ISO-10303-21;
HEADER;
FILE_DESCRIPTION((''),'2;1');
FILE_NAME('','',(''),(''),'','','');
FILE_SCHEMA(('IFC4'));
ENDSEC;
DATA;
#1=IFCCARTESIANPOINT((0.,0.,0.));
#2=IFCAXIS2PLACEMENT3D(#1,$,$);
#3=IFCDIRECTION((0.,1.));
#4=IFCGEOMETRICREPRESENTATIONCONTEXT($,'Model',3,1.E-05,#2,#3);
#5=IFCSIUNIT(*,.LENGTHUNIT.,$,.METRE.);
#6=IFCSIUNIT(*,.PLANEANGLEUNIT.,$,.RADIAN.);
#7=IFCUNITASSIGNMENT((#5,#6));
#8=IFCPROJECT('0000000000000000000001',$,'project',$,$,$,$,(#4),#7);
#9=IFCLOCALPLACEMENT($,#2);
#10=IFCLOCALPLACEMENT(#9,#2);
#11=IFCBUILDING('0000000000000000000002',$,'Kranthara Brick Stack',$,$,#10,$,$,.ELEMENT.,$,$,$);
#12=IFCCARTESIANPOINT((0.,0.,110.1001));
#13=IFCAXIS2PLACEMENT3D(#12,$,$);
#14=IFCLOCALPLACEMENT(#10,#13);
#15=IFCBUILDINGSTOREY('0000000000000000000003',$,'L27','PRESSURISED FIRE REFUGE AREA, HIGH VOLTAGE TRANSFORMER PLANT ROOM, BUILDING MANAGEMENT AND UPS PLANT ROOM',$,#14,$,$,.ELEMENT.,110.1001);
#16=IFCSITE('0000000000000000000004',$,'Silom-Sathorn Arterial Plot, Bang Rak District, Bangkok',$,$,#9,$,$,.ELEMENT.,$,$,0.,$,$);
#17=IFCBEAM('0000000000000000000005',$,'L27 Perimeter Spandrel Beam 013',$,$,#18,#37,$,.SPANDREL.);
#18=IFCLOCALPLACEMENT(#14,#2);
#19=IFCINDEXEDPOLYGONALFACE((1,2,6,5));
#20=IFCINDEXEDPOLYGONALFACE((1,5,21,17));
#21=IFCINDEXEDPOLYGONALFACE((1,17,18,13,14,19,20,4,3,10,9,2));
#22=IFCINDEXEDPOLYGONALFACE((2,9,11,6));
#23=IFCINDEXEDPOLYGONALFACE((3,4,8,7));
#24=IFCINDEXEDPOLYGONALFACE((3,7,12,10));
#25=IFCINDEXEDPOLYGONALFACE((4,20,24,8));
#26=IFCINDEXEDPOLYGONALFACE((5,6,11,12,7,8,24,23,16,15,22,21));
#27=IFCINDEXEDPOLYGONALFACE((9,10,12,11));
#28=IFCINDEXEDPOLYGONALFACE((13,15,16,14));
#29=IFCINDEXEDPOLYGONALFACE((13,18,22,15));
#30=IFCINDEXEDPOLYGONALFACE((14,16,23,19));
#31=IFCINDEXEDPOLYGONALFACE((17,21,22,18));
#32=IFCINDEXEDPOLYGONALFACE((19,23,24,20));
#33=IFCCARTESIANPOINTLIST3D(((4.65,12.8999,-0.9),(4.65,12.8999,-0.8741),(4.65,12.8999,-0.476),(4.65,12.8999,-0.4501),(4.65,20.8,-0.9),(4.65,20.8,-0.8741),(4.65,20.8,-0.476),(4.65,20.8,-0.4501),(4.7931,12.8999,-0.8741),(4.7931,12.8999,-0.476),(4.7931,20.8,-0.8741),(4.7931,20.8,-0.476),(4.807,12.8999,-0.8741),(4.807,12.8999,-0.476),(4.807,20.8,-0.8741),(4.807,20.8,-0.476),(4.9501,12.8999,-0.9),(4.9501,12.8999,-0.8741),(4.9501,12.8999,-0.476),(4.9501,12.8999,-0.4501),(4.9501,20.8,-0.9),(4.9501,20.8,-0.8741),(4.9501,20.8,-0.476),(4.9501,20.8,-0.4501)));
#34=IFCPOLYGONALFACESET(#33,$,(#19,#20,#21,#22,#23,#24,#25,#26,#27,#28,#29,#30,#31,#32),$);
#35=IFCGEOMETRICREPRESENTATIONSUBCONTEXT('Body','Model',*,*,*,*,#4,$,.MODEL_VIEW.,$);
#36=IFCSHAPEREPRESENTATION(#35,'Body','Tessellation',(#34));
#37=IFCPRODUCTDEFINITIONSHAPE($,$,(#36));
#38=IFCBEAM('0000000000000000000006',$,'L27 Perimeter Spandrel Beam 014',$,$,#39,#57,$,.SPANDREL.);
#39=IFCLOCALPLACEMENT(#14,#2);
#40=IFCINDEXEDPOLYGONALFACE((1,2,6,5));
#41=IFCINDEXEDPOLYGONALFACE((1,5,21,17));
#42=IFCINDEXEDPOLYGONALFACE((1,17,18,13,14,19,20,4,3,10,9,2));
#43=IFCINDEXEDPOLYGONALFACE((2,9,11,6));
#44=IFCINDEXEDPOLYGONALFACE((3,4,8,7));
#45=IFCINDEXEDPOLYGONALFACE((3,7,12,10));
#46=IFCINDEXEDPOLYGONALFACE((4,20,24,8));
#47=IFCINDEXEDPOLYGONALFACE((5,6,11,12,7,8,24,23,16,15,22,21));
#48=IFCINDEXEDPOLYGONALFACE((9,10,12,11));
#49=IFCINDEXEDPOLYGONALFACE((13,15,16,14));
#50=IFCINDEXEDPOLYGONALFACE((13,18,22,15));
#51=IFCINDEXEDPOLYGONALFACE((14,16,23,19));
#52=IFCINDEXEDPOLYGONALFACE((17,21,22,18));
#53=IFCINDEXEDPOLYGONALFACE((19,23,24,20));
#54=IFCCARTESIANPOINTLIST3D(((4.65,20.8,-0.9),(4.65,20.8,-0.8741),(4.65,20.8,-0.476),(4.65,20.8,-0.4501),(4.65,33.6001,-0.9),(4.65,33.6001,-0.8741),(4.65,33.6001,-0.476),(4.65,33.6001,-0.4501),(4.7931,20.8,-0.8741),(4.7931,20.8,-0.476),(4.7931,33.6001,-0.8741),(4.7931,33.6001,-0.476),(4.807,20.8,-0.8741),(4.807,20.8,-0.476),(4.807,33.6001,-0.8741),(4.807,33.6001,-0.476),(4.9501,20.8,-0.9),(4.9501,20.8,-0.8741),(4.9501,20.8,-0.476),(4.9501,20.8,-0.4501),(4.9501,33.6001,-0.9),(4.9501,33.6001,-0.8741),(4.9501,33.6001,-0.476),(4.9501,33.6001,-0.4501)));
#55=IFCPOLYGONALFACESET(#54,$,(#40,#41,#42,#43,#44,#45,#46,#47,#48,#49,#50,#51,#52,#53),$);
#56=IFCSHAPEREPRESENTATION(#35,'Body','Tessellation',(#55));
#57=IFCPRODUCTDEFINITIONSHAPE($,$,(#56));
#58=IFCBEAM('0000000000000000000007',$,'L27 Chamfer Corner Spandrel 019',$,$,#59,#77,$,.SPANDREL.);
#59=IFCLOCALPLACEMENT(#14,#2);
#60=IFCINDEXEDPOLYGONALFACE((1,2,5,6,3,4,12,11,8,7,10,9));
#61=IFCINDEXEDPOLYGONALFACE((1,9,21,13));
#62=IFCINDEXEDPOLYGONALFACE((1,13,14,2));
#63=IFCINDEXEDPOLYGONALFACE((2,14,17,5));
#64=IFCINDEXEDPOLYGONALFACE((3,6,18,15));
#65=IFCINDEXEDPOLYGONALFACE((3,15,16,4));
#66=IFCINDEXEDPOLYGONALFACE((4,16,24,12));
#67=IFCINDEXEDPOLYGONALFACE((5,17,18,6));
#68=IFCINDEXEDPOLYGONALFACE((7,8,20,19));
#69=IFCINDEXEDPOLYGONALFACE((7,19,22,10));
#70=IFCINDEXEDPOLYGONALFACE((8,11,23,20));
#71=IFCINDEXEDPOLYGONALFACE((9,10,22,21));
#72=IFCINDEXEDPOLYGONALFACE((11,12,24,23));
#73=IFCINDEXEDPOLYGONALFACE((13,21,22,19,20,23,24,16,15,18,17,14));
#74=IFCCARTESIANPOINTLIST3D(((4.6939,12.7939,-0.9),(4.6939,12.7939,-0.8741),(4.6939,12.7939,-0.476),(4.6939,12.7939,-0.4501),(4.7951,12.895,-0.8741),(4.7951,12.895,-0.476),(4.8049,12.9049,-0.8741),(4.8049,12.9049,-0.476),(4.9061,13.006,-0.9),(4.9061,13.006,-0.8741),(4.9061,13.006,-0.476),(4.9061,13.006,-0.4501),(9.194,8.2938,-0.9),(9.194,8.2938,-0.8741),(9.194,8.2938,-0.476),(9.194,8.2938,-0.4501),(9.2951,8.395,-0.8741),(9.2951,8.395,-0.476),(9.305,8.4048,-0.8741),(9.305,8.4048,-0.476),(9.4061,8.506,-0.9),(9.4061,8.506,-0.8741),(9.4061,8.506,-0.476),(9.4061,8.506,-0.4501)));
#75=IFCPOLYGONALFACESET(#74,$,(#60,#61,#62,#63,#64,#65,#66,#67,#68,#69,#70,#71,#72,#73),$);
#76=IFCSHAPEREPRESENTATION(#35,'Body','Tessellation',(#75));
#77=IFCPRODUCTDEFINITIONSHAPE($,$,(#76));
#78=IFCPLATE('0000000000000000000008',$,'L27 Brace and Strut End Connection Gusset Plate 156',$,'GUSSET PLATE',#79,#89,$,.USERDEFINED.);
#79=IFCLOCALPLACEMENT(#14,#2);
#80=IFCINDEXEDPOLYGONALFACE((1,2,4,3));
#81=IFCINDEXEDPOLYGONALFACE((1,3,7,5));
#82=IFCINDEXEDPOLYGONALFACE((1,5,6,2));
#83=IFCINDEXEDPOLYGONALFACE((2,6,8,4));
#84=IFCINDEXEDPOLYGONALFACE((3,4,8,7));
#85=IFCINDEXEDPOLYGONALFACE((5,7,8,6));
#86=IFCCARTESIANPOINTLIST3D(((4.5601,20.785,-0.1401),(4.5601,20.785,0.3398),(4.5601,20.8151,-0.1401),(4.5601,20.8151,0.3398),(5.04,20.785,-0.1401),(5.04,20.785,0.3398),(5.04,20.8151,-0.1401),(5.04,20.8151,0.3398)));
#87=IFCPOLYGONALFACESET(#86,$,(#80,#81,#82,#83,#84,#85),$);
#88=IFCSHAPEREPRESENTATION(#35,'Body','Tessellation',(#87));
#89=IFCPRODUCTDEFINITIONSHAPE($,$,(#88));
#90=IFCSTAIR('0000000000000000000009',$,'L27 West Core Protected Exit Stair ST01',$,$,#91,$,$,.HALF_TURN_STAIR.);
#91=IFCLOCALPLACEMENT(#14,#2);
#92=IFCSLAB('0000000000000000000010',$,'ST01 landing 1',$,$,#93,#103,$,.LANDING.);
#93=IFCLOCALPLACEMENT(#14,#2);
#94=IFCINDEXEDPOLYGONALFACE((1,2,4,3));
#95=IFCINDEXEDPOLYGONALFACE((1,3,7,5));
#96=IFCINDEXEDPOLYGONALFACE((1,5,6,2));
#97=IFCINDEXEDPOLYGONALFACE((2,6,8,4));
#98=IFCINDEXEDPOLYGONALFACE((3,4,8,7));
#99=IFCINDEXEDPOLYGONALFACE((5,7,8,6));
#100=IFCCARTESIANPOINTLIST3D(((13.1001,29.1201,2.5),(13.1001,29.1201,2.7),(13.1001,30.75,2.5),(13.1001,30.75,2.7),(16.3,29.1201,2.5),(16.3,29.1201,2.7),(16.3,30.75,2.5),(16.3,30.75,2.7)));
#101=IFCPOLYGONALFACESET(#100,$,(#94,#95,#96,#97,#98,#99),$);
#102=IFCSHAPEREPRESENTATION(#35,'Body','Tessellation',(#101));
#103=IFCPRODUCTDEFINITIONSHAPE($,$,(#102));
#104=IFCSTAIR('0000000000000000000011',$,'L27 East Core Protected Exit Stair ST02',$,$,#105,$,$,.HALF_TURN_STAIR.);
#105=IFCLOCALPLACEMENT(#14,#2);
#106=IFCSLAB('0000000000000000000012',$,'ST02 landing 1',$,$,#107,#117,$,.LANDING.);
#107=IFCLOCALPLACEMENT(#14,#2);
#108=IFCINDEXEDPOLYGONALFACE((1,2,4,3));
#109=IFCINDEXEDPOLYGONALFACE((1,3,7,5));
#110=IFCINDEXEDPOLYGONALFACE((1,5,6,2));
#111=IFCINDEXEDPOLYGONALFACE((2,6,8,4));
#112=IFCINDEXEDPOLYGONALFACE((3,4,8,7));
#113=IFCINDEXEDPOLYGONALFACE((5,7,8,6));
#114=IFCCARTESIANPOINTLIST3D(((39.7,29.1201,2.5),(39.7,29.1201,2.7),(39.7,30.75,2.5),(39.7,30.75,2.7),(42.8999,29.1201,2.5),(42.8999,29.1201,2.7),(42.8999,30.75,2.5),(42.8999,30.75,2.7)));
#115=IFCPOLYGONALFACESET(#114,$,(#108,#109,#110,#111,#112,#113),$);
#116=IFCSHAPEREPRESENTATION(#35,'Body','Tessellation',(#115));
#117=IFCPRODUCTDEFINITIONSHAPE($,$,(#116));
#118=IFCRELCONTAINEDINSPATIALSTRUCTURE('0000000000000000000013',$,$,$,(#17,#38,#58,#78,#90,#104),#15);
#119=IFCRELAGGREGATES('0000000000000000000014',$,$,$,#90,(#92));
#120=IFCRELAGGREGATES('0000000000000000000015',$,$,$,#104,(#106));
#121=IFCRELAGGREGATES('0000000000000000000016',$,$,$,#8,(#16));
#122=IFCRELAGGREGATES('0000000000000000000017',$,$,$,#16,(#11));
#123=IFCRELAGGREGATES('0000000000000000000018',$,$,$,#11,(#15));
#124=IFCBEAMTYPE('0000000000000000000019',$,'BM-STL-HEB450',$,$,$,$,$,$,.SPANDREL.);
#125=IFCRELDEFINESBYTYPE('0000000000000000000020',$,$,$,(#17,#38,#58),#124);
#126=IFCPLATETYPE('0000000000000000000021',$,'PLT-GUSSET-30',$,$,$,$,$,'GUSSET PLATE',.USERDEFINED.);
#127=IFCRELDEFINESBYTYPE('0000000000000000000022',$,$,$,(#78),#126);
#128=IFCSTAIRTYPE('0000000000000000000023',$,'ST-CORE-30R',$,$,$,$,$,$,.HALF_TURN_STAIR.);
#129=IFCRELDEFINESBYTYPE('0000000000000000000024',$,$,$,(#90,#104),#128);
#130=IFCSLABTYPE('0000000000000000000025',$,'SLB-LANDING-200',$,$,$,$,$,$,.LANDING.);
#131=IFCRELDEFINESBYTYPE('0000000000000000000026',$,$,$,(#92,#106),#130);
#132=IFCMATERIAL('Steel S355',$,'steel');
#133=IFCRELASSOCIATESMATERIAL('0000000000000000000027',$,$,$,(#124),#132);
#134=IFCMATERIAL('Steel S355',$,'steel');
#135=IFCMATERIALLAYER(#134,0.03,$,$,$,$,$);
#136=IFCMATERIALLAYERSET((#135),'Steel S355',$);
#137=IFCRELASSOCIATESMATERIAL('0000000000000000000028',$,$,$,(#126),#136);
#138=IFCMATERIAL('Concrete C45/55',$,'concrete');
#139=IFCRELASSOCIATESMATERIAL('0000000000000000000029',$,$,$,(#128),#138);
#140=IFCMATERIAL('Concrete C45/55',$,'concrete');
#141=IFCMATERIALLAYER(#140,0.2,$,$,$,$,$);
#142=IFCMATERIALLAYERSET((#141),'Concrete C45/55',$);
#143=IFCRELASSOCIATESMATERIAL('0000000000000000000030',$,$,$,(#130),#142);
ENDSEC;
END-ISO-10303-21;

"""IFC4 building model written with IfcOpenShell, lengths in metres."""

from ifc_helpers import new_model, si_unit, direction, frame, origin, origin_2d, place, context, subcontext, project, spatial, polyline, rectangle, i_section, outline, extrude, material, layer, layer_set, material_profile, profile_set, type_object, element, aggregate, save


model = new_model("IFC4")

# Units and contexts
model_context = context("Model", 3, precision=1e-05, world=origin(), true_north=direction((0.0, 1.0)))
body_context = subcontext(model_context, "Body", "Model", "MODEL_VIEW")
ifc_project = project(units=[si_unit("LENGTHUNIT", "METRE"), si_unit("PLANEANGLEUNIT", "RADIAN")], contexts=[model_context])

# Site, building, storey
site_placement = place(None, origin())
site = spatial("IfcSite", under=ifc_project, at=site_placement, Name="Silom-Sathorn Arterial Plot, Bang Rak District, Bangkok", CompositionType="ELEMENT", RefElevation=0.0)
building_placement = place(site_placement, origin())
building = spatial("IfcBuilding", under=site, at=building_placement, Name="Kranthara Brick Stack", CompositionType="ELEMENT")
storey_placement = place(building_placement, frame((0.0, 0.0, 110.1001)))
storey = spatial("IfcBuildingStorey", under=building, at=storey_placement, Name="L27", Description="PRESSURISED FIRE REFUGE AREA, HIGH VOLTAGE TRANSFORMER PLANT ROOM, BUILDING MANAGEMENT AND UPS PLANT ROOM", CompositionType="ELEMENT", Elevation=110.1001)

# Beams
ifc_material_1 = material(Name="Steel S355", Category="steel")
ifc_material_profile_1 = material_profile(ifc_material_1, i_section(OverallWidth=0.3, OverallDepth=0.45, WebThickness=0.0139, FlangeThickness=0.0259, at=origin_2d()), Name="HEB 450")
ifc_profile_set_1 = profile_set([ifc_material_profile_1], Name="Steel S355")
beam_type_1 = type_object("IfcBeamType", Name="BM-STL-HEB450", PredefinedType="SPANDREL", material=ifc_profile_set_1)
beam_1_placement = place(storey_placement, frame((4.8, 12.8999, -0.675), z_axis=(0.0, 1.0, 0.0), x_axis=(-1.0, 0.0, 0.0)))
element("IfcBeam", 1, at=beam_1_placement, inside=storey, type_object=beam_type_1, Name="L27 Perimeter Spandrel Beam 013", PredefinedType="SPANDREL", context=body_context, shape_type="SweptSolid", body=[
    extrude(i_section(OverallWidth=0.3, OverallDepth=0.45, WebThickness=0.0139, FlangeThickness=0.0259, at=origin_2d()), origin(), (0.0, 0.0, 1.0), 7.9001),
])
beam_2_placement = place(storey_placement, frame((4.8, 20.8, -0.675), z_axis=(0.0, 1.0, 0.0), x_axis=(-1.0, 0.0, 0.0)))
element("IfcBeam", 2, at=beam_2_placement, inside=storey, type_object=beam_type_1, Name="L27 Perimeter Spandrel Beam 014", PredefinedType="SPANDREL", context=body_context, shape_type="SweptSolid", body=[
    extrude(i_section(OverallWidth=0.3, OverallDepth=0.45, WebThickness=0.0139, FlangeThickness=0.0259, at=origin_2d()), origin(), (0.0, 0.0, 1.0), 12.8),
])
beam_3_placement = place(storey_placement, frame((9.3, 8.3999, -0.675), z_axis=(-0.707107, 0.707107, 0.0), x_axis=(-0.707107, -0.707107, 0.0)))
element("IfcBeam", 3, at=beam_3_placement, inside=storey, type_object=beam_type_1, Name="L27 Chamfer Corner Spandrel 019", PredefinedType="SPANDREL", context=body_context, shape_type="SweptSolid", body=[
    extrude(i_section(OverallWidth=0.3, OverallDepth=0.45, WebThickness=0.0139, FlangeThickness=0.0259, at=origin_2d()), origin(), (0.0, 0.0, 1.0), 6.364),
])

# Plate
ifc_material_2 = material(Name="Steel S355", Category="steel")
ifc_layer_1 = layer(ifc_material_2, 0.03)
ifc_layer_set_1 = layer_set([ifc_layer_1], Name="Steel S355")
plate_type = type_object("IfcPlateType", Name="PLT-GUSSET-30", ElementType="GUSSET PLATE", PredefinedType="USERDEFINED", material=ifc_layer_set_1)
plate_placement = place(storey_placement, frame((4.8, 20.8, -0.1401), z_axis=(0.0, 0.0, 1.0), x_axis=(1.0, 0.0, 0.0)))
element("IfcPlate", 4, at=plate_placement, inside=storey, type_object=plate_type, Name="L27 Brace and Strut End Connection Gusset Plate 156", ObjectType="GUSSET PLATE", PredefinedType="USERDEFINED", context=body_context, shape_type="SweptSolid", body=[
    extrude(rectangle(XDim=0.48, YDim=0.03, at=origin_2d()), origin(), (0.0, 0.0, 1.0), 0.48),
])

# Stairs, slabs
ifc_material_3 = material(Name="Concrete C45/55", Category="concrete")
stair_type = type_object("IfcStairType", Name="ST-CORE-30R", PredefinedType="HALF_TURN_STAIR", material=ifc_material_3)
stair_1_placement = place(storey_placement, origin())
stair_1 = element("IfcStair", 5, at=stair_1_placement, inside=storey, type_object=stair_type, Name="L27 West Core Protected Exit Stair ST01", PredefinedType="HALF_TURN_STAIR")
ifc_material_4 = material(Name="Concrete C45/55", Category="concrete")
ifc_layer_2 = layer(ifc_material_4, 0.2)
ifc_layer_set_2 = layer_set([ifc_layer_2], Name="Concrete C45/55")
slab_type_1 = type_object("IfcSlabType", Name="SLB-LANDING-200", PredefinedType="LANDING", material=ifc_layer_set_2)
slab_1_placement = place(storey_placement, frame((0.0, 0.0, 2.5)))
slab_1 = element("IfcSlab", 6, at=slab_1_placement, type_object=slab_type_1, Name="ST01 landing 1", PredefinedType="LANDING", context=body_context, shape_type="SweptSolid", body=[
    extrude(outline(polyline([(16.3, 29.1201), (16.3, 30.75), (13.1001, 30.75), (13.1001, 29.1201), (16.3, 29.1201)])), origin(), (0.0, 0.0, 1.0), 0.2),
])
aggregate(stair_1, [slab_1])
stair_2_placement = place(storey_placement, origin())
stair_2 = element("IfcStair", 7, at=stair_2_placement, inside=storey, type_object=stair_type, Name="L27 East Core Protected Exit Stair ST02", PredefinedType="HALF_TURN_STAIR")
slab_2_placement = place(storey_placement, frame((0.0, 0.0, 2.5)))
slab_2 = element("IfcSlab", 8, at=slab_2_placement, type_object=slab_type_1, Name="ST02 landing 1", PredefinedType="LANDING", context=body_context, shape_type="SweptSolid", body=[
    extrude(outline(polyline([(42.8999, 29.1201), (42.8999, 30.75), (39.7, 30.75), (39.7, 29.1201), (42.8999, 29.1201)])), origin(), (0.0, 0.0, 1.0), 0.2),
])
aggregate(stair_2, [slab_2])

save(model, "model.ifc")
